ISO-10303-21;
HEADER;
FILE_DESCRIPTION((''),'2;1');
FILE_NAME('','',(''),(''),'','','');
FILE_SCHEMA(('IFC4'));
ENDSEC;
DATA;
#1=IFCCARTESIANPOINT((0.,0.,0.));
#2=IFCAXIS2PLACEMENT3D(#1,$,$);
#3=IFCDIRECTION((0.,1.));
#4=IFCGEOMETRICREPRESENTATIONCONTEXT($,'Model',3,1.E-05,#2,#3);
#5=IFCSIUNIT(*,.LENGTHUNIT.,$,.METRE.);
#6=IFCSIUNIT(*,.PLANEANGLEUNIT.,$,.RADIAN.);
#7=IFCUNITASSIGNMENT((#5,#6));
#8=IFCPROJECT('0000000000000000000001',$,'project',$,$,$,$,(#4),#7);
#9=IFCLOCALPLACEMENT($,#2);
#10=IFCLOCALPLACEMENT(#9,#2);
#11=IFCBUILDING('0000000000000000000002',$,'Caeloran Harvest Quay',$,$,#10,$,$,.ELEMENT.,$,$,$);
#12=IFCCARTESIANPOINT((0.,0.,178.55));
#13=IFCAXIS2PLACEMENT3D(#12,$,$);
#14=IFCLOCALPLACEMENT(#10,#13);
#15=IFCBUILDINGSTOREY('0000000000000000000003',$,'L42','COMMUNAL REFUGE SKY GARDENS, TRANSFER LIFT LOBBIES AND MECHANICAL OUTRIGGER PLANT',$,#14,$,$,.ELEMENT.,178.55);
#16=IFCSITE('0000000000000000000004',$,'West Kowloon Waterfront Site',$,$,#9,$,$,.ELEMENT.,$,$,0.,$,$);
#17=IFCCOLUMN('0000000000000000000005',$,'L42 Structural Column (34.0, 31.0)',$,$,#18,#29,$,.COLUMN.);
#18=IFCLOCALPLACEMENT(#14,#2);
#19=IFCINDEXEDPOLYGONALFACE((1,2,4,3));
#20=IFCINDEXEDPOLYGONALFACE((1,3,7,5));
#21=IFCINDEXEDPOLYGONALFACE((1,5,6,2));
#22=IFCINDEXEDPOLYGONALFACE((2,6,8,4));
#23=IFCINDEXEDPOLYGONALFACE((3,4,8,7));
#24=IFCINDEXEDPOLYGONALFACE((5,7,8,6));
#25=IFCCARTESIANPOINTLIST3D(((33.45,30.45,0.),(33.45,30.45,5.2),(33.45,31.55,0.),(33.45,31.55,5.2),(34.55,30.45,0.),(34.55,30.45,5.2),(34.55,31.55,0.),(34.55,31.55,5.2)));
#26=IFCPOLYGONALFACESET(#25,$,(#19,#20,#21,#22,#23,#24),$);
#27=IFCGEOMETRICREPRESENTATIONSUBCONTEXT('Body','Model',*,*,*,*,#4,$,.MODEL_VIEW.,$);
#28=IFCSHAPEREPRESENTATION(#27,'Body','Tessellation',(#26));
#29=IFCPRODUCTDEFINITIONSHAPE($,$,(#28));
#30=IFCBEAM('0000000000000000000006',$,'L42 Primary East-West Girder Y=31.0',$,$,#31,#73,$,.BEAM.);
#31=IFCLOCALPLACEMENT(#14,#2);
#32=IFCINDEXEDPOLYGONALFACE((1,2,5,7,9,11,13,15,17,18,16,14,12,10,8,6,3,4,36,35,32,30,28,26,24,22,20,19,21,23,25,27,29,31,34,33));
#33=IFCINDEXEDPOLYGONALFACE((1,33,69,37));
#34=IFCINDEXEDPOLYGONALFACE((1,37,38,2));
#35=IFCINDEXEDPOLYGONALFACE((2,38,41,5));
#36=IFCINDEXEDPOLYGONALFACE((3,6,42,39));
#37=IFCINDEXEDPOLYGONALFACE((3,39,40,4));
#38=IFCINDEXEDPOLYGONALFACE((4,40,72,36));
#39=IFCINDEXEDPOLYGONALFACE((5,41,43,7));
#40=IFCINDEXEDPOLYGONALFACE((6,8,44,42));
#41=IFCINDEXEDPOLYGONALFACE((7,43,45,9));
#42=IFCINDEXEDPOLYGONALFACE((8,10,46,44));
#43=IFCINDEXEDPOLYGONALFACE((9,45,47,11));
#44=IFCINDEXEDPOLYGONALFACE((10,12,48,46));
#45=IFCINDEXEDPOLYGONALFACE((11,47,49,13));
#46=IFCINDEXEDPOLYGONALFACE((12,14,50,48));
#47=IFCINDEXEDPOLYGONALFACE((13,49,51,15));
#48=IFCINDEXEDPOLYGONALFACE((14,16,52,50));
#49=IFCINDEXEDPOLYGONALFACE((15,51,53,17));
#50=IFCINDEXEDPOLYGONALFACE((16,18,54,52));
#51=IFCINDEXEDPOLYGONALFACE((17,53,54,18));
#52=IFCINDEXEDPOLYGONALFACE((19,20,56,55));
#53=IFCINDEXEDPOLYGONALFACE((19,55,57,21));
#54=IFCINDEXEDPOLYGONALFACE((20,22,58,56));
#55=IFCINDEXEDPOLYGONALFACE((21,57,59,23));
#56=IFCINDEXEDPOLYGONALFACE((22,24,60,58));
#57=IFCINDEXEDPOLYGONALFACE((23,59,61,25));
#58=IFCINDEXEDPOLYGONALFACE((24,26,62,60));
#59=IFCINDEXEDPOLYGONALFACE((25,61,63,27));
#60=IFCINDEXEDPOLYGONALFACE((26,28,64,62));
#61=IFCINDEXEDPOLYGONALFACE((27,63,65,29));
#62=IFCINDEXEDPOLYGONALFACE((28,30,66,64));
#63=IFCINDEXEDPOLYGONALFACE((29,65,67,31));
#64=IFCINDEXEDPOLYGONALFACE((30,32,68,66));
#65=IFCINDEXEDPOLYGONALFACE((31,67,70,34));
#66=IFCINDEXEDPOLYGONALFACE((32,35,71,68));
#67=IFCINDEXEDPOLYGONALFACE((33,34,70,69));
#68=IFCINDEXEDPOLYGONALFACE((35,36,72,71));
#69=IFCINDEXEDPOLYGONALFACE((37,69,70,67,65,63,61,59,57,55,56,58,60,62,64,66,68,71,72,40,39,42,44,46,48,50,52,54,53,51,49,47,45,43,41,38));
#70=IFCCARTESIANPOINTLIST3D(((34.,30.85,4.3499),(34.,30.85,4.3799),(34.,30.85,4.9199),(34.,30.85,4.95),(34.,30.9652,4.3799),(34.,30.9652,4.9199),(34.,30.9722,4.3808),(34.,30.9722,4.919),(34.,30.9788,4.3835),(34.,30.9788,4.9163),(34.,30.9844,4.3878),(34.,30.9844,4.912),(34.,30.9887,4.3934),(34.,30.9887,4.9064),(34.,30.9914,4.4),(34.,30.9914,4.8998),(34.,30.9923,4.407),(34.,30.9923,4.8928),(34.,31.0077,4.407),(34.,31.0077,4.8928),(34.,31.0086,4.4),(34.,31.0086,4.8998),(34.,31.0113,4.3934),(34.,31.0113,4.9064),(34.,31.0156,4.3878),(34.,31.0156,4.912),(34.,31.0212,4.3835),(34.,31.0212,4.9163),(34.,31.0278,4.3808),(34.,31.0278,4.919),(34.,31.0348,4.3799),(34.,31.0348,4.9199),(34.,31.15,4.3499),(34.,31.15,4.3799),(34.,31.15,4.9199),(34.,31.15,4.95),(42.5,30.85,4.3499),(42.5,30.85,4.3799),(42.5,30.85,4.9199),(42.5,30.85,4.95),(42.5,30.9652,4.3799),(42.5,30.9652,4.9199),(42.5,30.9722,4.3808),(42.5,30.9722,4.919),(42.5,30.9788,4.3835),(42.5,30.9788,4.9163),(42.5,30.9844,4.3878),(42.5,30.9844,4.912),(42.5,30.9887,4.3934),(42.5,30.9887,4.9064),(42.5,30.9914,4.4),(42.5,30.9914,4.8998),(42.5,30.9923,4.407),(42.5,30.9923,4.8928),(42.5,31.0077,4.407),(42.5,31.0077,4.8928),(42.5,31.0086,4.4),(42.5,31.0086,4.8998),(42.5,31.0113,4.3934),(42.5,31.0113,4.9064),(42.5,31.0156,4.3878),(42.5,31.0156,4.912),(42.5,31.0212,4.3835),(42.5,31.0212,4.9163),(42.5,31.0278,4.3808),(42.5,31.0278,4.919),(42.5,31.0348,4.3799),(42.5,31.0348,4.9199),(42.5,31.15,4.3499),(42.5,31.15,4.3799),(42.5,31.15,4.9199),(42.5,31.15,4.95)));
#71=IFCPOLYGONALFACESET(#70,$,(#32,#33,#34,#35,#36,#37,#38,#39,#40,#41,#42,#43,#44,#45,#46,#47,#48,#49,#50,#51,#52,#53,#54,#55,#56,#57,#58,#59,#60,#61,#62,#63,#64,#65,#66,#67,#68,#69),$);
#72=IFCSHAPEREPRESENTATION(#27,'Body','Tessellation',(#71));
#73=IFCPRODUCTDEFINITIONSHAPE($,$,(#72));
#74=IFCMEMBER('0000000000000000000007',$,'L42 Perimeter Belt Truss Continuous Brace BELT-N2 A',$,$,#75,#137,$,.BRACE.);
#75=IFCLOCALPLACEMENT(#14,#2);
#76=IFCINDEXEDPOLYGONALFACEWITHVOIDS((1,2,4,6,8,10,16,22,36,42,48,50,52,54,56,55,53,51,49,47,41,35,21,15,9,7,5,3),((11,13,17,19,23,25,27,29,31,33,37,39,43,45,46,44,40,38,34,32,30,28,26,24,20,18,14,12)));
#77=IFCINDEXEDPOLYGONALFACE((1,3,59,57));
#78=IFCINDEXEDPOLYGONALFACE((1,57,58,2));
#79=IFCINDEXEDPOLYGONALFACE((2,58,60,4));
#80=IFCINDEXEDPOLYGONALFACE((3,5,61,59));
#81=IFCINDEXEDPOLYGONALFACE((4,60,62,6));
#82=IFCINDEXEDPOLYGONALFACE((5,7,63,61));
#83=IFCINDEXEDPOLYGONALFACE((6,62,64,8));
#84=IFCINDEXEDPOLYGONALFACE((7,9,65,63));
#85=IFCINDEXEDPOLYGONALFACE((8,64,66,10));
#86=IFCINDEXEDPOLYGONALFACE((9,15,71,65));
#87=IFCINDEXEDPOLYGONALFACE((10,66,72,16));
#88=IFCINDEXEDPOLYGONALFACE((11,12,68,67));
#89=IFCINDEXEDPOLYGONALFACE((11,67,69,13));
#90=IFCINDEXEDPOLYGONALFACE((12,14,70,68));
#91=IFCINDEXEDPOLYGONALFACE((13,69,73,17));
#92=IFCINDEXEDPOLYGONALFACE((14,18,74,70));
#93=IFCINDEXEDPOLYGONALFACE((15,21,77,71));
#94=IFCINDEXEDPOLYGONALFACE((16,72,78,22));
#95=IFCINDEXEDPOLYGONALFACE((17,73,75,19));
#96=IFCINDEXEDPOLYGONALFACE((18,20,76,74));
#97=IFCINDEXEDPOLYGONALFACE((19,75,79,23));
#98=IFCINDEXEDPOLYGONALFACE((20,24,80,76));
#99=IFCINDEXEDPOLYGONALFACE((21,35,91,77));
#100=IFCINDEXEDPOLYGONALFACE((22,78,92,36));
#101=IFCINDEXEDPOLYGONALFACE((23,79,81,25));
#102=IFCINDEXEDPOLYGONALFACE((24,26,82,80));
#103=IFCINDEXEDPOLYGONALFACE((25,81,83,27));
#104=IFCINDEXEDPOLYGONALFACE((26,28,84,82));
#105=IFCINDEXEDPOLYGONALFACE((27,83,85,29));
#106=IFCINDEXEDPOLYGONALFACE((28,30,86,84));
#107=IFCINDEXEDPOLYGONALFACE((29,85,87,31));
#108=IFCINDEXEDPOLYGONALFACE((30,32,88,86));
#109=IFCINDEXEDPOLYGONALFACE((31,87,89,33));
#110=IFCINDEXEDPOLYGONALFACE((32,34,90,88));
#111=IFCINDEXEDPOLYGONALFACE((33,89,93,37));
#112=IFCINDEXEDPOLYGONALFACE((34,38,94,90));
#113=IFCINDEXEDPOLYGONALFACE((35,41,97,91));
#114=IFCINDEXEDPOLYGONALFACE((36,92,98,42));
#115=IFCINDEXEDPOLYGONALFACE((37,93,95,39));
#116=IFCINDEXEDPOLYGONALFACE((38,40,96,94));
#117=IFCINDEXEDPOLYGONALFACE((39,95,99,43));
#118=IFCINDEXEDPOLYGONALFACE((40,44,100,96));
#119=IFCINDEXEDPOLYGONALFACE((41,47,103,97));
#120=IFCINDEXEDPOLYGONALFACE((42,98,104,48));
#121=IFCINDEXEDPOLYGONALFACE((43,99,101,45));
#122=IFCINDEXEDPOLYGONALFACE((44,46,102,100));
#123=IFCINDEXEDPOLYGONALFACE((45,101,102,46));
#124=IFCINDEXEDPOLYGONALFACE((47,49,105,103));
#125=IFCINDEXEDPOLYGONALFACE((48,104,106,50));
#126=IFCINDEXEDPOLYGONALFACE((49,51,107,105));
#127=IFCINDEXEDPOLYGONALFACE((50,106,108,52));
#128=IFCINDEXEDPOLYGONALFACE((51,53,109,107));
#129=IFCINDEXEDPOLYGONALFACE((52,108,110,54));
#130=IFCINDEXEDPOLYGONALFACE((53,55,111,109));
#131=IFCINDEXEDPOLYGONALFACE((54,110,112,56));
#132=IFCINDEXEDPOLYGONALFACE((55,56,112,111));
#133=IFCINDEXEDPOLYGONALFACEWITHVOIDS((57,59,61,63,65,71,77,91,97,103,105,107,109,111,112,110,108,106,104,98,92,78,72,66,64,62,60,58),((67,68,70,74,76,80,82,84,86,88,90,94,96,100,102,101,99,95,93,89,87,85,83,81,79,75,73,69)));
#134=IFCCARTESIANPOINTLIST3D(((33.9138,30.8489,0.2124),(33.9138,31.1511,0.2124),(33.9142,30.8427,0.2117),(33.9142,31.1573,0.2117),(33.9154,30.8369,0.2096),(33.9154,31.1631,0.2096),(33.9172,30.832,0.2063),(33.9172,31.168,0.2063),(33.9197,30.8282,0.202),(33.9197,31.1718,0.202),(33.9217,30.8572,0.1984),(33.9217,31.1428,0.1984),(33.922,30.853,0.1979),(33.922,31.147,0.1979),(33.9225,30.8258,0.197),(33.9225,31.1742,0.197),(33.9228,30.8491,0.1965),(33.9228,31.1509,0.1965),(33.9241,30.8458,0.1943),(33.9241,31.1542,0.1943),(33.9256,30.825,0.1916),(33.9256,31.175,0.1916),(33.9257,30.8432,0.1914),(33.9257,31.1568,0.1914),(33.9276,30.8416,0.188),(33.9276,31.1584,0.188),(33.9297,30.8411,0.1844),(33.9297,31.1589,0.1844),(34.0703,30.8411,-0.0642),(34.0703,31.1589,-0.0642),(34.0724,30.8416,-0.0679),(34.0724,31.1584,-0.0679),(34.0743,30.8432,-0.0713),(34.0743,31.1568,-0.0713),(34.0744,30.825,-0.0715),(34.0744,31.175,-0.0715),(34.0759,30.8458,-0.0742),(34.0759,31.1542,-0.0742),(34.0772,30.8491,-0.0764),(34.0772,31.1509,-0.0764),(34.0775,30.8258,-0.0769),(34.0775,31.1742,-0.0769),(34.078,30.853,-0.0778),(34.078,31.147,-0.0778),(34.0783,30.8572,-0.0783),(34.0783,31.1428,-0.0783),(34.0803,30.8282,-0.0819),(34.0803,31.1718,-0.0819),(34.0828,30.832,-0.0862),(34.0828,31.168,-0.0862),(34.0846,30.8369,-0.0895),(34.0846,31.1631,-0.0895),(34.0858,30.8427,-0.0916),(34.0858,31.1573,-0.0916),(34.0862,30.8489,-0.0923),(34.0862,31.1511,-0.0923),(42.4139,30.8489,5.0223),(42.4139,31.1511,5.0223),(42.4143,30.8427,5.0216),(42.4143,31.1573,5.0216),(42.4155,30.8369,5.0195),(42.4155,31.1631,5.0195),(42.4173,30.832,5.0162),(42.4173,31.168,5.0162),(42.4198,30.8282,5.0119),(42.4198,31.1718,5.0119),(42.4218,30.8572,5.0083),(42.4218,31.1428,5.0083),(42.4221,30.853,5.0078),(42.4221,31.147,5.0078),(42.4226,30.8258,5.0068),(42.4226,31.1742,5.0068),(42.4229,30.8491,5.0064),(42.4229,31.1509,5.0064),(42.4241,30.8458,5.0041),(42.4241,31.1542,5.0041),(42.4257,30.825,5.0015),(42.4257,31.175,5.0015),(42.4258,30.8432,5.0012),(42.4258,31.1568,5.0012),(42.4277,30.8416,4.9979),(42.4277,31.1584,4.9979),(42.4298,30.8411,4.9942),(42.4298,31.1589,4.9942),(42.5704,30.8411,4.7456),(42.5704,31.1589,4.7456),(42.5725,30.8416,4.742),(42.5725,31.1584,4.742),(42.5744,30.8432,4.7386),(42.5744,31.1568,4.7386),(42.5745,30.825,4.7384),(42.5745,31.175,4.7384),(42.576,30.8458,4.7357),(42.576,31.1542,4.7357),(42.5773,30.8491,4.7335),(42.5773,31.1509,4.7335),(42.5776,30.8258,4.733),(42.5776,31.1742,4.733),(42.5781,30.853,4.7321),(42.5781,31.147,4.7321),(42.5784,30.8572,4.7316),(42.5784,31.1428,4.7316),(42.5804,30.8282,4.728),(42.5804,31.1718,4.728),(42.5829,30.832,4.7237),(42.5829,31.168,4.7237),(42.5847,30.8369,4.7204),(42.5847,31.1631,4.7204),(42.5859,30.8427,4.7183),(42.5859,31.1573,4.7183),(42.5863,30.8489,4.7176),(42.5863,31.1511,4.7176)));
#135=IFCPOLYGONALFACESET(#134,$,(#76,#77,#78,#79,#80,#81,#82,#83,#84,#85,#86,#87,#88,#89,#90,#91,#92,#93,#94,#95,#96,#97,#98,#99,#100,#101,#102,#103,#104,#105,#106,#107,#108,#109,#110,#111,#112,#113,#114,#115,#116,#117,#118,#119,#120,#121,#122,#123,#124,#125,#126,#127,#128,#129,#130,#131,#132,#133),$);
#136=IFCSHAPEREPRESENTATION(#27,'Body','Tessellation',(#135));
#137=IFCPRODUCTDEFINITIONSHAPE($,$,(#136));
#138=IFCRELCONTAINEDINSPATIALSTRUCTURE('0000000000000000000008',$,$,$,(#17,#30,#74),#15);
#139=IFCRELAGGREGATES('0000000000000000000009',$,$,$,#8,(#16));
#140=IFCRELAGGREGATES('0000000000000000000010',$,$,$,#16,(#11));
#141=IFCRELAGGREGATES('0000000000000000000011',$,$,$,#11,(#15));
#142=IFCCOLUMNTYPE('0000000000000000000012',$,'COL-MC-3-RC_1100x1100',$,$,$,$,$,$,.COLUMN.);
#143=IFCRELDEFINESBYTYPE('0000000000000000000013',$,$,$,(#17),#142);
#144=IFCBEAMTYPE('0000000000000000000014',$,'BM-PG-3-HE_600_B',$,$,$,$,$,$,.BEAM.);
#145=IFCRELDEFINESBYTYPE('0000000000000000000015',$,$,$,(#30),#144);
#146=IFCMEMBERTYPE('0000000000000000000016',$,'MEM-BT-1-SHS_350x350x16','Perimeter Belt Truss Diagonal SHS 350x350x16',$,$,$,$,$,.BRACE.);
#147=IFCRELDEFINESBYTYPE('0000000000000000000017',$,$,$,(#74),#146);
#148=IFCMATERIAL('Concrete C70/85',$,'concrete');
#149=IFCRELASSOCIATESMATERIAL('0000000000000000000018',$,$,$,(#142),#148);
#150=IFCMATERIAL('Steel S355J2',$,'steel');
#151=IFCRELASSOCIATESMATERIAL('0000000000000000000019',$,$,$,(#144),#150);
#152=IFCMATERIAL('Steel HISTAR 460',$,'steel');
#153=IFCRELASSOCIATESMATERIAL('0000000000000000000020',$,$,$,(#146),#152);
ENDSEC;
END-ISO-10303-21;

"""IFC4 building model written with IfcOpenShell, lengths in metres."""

from ifc_helpers import new_model, si_unit, direction, frame, origin, origin_2d, place, context, subcontext, project, spatial, rectangle, hollow_rectangle, i_section, extrude, material, material_profile, profile_set, type_object, element, save


model = new_model("IFC4")

# Units and contexts
model_context = context("Model", 3, precision=1e-05, world=origin(), true_north=direction((0.0, 1.0)))
body_context = subcontext(model_context, "Body", "Model", "MODEL_VIEW")
ifc_project = project(units=[si_unit("LENGTHUNIT", "METRE"), si_unit("PLANEANGLEUNIT", "RADIAN")], contexts=[model_context])

# Site, building, storey
site_placement = place(None, origin())
site = spatial("IfcSite", under=ifc_project, at=site_placement, Name="West Kowloon Waterfront Site", CompositionType="ELEMENT", RefElevation=0.0)
building_placement = place(site_placement, origin())
building = spatial("IfcBuilding", under=site, at=building_placement, Name="Caeloran Harvest Quay", CompositionType="ELEMENT")
storey_placement = place(building_placement, frame((0.0, 0.0, 178.55)))
storey = spatial("IfcBuildingStorey", under=building, at=storey_placement, Name="L42", Description="COMMUNAL REFUGE SKY GARDENS, TRANSFER LIFT LOBBIES AND MECHANICAL OUTRIGGER PLANT", CompositionType="ELEMENT", Elevation=178.55)

# Column
ifc_material_1 = material(Name="Concrete C70/85", Category="concrete")
ifc_material_profile_1 = material_profile(ifc_material_1, rectangle(XDim=1.1001, YDim=1.1001, at=origin_2d()), Name="RC 1100x1100")
ifc_profile_set_1 = profile_set([ifc_material_profile_1], Name="Concrete C70/85")
column_type = type_object("IfcColumnType", Name="COL-MC-3-RC_1100x1100", PredefinedType="COLUMN", material=ifc_profile_set_1)
column_placement = place(storey_placement, frame((34.0, 31.0, 0.0), z_axis=(0.0, 0.0, 1.0), x_axis=(1.0, 0.0, 0.0)))
element("IfcColumn", 1, at=column_placement, inside=storey, type_object=column_type, Name="L42 Structural Column (34.0, 31.0)", PredefinedType="COLUMN", context=body_context, shape_type="SweptSolid", body=[
    extrude(rectangle(XDim=1.1001, YDim=1.1001, at=origin_2d()), origin(), (0.0, 0.0, 1.0), 5.2),
])

# Beam
ifc_material_2 = material(Name="Steel S355J2", Category="steel")
ifc_material_profile_2 = material_profile(ifc_material_2, i_section(OverallWidth=0.3, OverallDepth=0.6001, WebThickness=0.0154, FlangeThickness=0.03, FilletRadius=0.0271, at=origin_2d()), Name="HE 600 B")
ifc_profile_set_2 = profile_set([ifc_material_profile_2], Name="Steel S355J2")
beam_type = type_object("IfcBeamType", Name="BM-PG-3-HE_600_B", PredefinedType="BEAM", material=ifc_profile_set_2)
beam_placement = place(storey_placement, frame((34.0, 31.0, 4.6499), z_axis=(1.0, 0.0, 0.0), x_axis=(0.0, 1.0, 0.0)))
element("IfcBeam", 2, at=beam_placement, inside=storey, type_object=beam_type, Name="L42 Primary East-West Girder Y=31.0", PredefinedType="BEAM", context=body_context, shape_type="SweptSolid", body=[
    extrude(i_section(OverallWidth=0.3, OverallDepth=0.6001, WebThickness=0.0154, FlangeThickness=0.03, FilletRadius=0.0271, at=origin_2d()), origin(), (0.0, 0.0, 1.0), 8.5),
])

# Member
ifc_material_3 = material(Name="Steel HISTAR 460", Category="steel")
ifc_material_profile_3 = material_profile(ifc_material_3, hollow_rectangle(XDim=0.3501, YDim=0.3501, WallThickness=0.0161, InnerFilletRadius=0.0161, OuterFilletRadius=0.0239, at=origin_2d()), Name="SHS 350x350x16")
ifc_profile_set_3 = profile_set([ifc_material_profile_3], Name="Steel HISTAR 460")
member_type_1 = type_object("IfcMemberType", Name="MEM-BT-1-SHS_350x350x16", Description="Perimeter Belt Truss Diagonal SHS 350x350x16", PredefinedType="BRACE", material=ifc_profile_set_3)
member_1_placement = place(storey_placement, frame((34.0, 31.0, 0.0601), z_axis=(0.870323, 0.0, 0.492481), x_axis=(0.0, 1.0, 0.0)))
element("IfcMember", 3, at=member_1_placement, inside=storey, type_object=member_type_1, Name="L42 Perimeter Belt Truss Continuous Brace BELT-N2 A", PredefinedType="BRACE", context=body_context, shape_type="SweptSolid", body=[
    extrude(hollow_rectangle(XDim=0.3501, YDim=0.3501, WallThickness=0.0161, InnerFilletRadius=0.0161, OuterFilletRadius=0.0239, at=origin_2d()), origin(), (0.0, 0.0, 1.0), 9.7666),
])

save(model, "model.ifc")
